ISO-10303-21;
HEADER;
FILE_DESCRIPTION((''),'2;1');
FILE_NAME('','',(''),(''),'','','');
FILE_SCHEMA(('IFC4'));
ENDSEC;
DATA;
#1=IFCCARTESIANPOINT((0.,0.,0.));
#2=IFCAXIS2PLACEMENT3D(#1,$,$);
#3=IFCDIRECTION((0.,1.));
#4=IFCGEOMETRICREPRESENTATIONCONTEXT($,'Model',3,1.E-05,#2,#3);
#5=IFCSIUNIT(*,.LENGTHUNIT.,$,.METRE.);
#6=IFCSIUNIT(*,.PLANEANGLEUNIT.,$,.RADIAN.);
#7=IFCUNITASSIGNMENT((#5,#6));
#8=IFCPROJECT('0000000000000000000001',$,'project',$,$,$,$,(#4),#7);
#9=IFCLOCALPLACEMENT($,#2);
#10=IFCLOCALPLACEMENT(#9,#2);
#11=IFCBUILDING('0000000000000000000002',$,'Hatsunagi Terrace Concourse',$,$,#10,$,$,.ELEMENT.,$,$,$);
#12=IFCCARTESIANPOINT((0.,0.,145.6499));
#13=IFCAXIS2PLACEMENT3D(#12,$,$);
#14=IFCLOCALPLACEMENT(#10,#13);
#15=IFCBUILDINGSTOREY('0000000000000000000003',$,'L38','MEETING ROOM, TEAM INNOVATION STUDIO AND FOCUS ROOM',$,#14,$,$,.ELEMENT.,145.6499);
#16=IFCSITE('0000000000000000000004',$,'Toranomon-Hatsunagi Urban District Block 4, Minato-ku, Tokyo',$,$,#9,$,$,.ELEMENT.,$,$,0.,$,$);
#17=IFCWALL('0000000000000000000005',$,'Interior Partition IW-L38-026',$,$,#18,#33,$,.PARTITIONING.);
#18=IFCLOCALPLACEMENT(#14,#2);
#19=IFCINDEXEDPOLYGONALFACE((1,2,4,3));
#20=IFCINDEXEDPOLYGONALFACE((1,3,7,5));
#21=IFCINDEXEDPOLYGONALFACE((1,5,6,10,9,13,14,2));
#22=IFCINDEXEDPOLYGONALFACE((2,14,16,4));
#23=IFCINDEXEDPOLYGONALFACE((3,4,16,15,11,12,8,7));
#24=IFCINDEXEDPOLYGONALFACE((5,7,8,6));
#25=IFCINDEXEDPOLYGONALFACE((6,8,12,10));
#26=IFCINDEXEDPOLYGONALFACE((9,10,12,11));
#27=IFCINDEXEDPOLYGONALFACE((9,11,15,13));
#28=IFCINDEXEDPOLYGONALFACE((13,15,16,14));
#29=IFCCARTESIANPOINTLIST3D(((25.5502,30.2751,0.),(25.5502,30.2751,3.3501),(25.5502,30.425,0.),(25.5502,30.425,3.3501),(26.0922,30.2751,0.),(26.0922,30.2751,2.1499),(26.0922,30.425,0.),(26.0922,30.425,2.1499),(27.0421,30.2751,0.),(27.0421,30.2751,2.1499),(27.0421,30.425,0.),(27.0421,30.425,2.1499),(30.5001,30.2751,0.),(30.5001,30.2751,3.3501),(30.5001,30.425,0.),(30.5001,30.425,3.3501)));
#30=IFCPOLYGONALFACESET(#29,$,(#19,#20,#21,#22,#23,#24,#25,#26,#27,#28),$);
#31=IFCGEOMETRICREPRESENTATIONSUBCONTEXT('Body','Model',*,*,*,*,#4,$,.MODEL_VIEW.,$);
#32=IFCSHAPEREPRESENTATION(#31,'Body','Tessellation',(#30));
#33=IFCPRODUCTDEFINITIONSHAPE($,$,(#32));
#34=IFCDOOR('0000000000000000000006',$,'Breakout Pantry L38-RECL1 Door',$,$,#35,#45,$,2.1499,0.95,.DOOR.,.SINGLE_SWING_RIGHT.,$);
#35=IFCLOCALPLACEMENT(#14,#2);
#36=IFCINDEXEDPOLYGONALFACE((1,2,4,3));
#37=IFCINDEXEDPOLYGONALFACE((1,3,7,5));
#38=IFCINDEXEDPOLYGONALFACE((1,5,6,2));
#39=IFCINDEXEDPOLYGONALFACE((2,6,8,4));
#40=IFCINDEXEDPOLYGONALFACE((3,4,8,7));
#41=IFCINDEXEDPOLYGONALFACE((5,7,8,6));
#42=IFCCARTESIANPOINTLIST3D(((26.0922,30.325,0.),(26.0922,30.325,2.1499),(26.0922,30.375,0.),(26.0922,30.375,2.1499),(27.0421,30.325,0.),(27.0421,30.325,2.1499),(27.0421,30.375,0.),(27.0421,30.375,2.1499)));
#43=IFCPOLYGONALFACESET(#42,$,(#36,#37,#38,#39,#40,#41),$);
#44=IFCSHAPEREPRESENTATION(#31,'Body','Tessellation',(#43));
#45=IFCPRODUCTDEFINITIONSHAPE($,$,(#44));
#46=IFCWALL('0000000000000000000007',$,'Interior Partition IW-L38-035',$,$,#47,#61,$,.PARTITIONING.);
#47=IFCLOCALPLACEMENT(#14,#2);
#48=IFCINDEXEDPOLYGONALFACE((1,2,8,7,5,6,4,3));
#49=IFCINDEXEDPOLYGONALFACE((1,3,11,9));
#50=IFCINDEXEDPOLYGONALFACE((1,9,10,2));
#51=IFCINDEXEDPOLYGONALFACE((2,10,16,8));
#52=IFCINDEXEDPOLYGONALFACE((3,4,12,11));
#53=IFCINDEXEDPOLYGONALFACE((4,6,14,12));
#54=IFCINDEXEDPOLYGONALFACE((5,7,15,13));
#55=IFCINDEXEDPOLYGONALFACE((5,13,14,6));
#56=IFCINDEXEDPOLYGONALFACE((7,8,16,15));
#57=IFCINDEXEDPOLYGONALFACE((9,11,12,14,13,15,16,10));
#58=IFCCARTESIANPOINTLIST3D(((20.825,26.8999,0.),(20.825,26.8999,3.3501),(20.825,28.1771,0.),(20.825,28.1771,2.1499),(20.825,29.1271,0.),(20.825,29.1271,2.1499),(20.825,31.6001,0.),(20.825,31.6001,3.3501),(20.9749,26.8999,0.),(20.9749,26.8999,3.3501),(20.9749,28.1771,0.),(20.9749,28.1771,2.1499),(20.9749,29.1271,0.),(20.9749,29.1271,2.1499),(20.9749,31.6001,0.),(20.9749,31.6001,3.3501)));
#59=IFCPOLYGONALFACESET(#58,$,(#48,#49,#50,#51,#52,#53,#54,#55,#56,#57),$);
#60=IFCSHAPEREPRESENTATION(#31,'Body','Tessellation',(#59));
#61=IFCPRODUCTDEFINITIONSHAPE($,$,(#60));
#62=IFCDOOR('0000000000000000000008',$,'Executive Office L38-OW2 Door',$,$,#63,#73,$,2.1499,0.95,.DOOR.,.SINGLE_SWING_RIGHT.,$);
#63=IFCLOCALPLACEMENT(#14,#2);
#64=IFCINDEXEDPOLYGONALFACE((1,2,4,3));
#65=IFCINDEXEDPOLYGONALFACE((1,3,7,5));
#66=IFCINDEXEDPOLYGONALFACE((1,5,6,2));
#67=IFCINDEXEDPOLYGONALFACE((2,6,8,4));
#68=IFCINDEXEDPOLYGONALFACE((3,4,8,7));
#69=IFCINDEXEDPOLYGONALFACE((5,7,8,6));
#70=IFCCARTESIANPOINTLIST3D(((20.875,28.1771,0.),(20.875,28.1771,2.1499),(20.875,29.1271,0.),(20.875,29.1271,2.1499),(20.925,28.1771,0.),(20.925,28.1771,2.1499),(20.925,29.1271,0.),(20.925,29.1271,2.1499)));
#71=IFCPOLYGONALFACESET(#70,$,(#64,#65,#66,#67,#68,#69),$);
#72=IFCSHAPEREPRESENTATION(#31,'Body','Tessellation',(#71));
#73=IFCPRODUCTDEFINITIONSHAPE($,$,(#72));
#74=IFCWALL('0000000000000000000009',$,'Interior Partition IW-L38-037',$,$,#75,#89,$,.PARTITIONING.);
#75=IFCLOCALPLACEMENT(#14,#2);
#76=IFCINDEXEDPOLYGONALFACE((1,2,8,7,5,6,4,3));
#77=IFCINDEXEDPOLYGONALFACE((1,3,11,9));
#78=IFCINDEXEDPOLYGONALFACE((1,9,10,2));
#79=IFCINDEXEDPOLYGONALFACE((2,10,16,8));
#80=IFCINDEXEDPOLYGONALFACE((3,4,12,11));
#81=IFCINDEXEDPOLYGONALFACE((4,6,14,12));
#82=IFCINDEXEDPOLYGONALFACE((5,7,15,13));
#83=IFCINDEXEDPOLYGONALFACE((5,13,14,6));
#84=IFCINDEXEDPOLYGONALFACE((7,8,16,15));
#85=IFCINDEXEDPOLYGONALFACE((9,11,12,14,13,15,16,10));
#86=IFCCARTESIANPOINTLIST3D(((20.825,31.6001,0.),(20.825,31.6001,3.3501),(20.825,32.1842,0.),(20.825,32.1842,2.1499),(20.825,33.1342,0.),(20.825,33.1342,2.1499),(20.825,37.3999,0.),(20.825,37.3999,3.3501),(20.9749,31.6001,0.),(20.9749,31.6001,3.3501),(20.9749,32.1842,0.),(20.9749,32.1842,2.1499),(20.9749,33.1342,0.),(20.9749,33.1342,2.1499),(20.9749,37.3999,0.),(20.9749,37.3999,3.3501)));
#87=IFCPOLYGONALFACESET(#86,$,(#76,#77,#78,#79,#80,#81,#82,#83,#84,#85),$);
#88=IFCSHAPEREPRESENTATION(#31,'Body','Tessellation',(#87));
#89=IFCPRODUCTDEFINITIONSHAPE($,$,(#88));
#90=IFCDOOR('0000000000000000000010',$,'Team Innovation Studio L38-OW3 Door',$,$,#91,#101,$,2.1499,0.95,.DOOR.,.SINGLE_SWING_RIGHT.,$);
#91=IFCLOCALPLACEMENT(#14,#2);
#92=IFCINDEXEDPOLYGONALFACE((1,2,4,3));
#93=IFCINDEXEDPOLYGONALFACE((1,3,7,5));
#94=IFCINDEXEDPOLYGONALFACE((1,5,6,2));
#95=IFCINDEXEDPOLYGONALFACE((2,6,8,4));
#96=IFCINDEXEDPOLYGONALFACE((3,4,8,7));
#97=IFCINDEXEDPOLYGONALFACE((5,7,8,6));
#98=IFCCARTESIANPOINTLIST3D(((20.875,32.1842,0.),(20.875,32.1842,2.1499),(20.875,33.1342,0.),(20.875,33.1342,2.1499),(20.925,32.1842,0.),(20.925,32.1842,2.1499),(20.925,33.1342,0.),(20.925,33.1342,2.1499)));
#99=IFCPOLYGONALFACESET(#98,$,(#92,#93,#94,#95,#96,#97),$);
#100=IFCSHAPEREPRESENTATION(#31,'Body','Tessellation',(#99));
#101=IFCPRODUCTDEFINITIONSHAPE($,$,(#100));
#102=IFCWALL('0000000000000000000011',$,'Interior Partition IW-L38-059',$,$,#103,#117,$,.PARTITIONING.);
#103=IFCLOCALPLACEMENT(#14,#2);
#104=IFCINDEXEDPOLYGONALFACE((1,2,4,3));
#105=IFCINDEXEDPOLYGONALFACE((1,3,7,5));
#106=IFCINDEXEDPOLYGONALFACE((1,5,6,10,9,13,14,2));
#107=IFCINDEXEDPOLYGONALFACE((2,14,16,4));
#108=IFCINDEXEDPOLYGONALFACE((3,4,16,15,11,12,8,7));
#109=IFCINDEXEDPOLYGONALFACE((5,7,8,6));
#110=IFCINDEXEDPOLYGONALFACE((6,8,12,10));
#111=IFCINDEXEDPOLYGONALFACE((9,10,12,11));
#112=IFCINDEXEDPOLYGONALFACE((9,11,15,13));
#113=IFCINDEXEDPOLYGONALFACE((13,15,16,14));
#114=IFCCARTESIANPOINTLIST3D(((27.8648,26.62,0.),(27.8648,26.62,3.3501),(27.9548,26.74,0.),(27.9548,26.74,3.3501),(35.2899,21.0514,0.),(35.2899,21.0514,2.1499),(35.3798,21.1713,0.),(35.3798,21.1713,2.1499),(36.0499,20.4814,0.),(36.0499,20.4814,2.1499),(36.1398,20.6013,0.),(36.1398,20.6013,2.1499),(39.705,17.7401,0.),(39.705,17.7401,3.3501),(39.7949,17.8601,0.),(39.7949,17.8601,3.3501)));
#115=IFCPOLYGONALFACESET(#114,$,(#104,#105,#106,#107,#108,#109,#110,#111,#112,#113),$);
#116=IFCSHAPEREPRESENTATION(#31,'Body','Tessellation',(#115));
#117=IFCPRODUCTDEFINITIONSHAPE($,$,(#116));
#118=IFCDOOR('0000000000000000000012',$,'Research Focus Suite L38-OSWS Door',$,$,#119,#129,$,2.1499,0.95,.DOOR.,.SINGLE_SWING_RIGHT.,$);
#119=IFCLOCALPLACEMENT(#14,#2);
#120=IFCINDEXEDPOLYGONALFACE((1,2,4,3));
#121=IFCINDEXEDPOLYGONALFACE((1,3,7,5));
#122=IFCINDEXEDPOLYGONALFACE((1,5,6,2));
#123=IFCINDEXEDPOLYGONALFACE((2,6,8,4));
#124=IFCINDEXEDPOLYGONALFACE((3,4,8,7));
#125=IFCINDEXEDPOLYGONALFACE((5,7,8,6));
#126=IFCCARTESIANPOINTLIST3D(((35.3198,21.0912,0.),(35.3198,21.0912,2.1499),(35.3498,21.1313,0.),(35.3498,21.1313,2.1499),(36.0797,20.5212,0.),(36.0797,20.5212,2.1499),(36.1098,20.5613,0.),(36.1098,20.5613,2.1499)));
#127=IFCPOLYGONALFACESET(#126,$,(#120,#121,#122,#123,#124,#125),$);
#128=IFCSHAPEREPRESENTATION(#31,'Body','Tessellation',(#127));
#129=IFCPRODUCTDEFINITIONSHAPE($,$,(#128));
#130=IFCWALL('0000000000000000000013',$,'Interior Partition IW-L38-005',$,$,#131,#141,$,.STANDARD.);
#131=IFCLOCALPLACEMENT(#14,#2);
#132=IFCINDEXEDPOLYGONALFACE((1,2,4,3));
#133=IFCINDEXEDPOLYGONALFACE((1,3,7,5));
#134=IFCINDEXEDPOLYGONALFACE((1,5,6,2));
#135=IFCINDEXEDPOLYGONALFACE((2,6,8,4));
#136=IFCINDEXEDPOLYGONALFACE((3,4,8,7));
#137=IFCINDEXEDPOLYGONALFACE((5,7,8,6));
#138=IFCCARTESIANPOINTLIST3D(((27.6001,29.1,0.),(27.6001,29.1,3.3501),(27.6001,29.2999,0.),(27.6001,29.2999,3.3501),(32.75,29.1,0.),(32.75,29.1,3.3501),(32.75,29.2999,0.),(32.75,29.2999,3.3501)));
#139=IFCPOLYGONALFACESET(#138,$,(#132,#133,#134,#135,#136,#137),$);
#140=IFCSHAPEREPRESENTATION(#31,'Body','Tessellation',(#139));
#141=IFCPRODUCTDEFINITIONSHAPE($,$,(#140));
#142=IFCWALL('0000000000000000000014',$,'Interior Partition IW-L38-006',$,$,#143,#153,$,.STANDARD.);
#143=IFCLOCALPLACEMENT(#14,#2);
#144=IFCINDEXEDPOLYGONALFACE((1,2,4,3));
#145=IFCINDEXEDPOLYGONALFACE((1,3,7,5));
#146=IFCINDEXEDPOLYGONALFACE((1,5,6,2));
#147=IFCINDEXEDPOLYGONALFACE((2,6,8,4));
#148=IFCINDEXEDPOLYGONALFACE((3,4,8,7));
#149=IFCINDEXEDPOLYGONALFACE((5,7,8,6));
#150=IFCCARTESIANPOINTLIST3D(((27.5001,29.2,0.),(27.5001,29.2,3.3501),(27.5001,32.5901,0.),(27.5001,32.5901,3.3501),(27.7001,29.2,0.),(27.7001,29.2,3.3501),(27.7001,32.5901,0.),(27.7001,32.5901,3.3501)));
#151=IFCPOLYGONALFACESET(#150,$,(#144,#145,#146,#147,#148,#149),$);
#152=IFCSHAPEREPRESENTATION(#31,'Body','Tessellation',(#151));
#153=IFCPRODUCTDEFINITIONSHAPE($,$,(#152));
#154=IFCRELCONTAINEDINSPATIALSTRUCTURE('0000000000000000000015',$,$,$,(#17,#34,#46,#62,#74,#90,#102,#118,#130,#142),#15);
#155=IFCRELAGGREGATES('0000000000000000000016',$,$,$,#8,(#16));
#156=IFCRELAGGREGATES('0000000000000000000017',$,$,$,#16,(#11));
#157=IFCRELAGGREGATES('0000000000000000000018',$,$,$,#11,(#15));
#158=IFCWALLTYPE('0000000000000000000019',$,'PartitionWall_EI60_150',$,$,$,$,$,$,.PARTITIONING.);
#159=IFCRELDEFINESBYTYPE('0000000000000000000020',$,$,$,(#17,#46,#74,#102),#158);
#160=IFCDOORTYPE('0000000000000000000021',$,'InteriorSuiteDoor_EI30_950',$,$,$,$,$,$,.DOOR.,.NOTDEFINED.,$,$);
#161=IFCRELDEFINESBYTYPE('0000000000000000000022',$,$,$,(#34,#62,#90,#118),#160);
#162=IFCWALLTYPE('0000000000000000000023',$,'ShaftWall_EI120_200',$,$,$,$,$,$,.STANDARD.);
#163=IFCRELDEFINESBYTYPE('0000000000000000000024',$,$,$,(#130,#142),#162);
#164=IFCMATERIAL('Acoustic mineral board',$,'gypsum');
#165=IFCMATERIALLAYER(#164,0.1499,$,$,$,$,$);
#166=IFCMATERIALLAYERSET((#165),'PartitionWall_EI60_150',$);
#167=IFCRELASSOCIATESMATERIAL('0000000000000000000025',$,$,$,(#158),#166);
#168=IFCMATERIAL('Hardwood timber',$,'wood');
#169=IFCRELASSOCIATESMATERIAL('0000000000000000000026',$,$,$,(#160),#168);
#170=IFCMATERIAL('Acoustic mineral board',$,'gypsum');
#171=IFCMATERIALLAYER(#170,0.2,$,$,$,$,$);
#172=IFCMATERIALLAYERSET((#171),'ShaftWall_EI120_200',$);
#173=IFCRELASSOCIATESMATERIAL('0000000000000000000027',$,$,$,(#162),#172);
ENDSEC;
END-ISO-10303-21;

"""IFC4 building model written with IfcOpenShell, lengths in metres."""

from ifc_helpers import new_model, si_unit, direction, frame, frame_2d, origin, place, context, subcontext, project, spatial, rectangle, extrude, material, layer, layer_set, type_object, element, fill, save


model = new_model("IFC4")

# Units and contexts
model_context = context("Model", 3, precision=1e-05, world=origin(), true_north=direction((0.0, 1.0)))
body_context = subcontext(model_context, "Body", "Model", "MODEL_VIEW")
ifc_project = project(units=[si_unit("LENGTHUNIT", "METRE"), si_unit("PLANEANGLEUNIT", "RADIAN")], contexts=[model_context])

# Site, building, storey
site_placement = place(None, origin())
site = spatial("IfcSite", under=ifc_project, at=site_placement, Name="Toranomon-Hatsunagi Urban District Block 4, Minato-ku, Tokyo", CompositionType="ELEMENT", RefElevation=0.0)
building_placement = place(site_placement, origin())
building = spatial("IfcBuilding", under=site, at=building_placement, Name="Hatsunagi Terrace Concourse", CompositionType="ELEMENT")
storey_placement = place(building_placement, frame((0.0, 0.0, 145.6499)))
storey = spatial("IfcBuildingStorey", under=building, at=storey_placement, Name="L38", Description="MEETING ROOM, TEAM INNOVATION STUDIO AND FOCUS ROOM", CompositionType="ELEMENT", Elevation=145.6499)

# Walls, openings, doors
ifc_material_1 = material(Name="Acoustic mineral board", Category="gypsum")
ifc_layer_1 = layer(ifc_material_1, 0.1499)
ifc_layer_set_1 = layer_set([ifc_layer_1], Name="PartitionWall_EI60_150")
wall_type_1 = type_object("IfcWallType", Name="PartitionWall_EI60_150", PredefinedType="PARTITIONING", material=ifc_layer_set_1)
wall_1_placement = place(storey_placement, frame((25.55, 30.3501, 0.0), z_axis=(0.0, 0.0, 1.0), x_axis=(1.0, 0.0, 0.0)))
wall_1 = element("IfcWall", 1, at=wall_1_placement, inside=storey, type_object=wall_type_1, Name="Interior Partition IW-L38-026", PredefinedType="PARTITIONING", context=body_context, shape_type="SweptSolid", body=[
    extrude(rectangle(XDim=4.95, YDim=0.1499, at=frame_2d((2.4751, 0.0))), origin(), (0.0, 0.0, 1.0), 3.3501),
])
opening_1_placement = place(wall_1_placement, frame((0.542, 0.0, 0.0)))
opening_1 = element("IfcOpeningElement", 2, at=opening_1_placement, cuts=wall_1, PredefinedType="OPENING", context=body_context, shape_type="SweptSolid", body=[
    extrude(rectangle(XDim=0.95, YDim=2.1499, at=frame_2d((0.4751, 1.075))), frame((0.0, 0.085, 0.0), z_axis=(0.0, -1.0, 0.0), x_axis=(1.0, 0.0, 0.0)), (0.0, 0.0, 1.0), 0.1699),
])
ifc_material_2 = material(Name="Hardwood timber", Category="wood")
door_type = type_object("IfcDoorType", Name="InteriorSuiteDoor_EI30_950", OperationType="NOTDEFINED", PredefinedType="DOOR", material=ifc_material_2)
door_1_placement = place(opening_1_placement, origin())
door_1 = element("IfcDoor", 3, at=door_1_placement, inside=storey, type_object=door_type, Name="Breakout Pantry L38-RECL1 Door", OperationType="SINGLE_SWING_RIGHT", OverallHeight=2.1499, OverallWidth=0.95, PredefinedType="DOOR", context=body_context, shape_type="SweptSolid", body=[
    extrude(rectangle(XDim=0.95, YDim=2.1499, at=frame_2d((0.4751, 1.075))), frame((0.0, 0.0249, 0.0), z_axis=(0.0, -1.0, 0.0), x_axis=(1.0, 0.0, 0.0)), (0.0, 0.0, 1.0), 0.05),
])
fill(opening_1, door_1)
wall_2_placement = place(storey_placement, frame((20.8999, 26.8999, 0.0), z_axis=(0.0, 0.0, 1.0), x_axis=(0.0, 1.0, 0.0)))
wall_2 = element("IfcWall", 4, at=wall_2_placement, inside=storey, type_object=wall_type_1, Name="Interior Partition IW-L38-035", PredefinedType="PARTITIONING", context=body_context, shape_type="SweptSolid", body=[
    extrude(rectangle(XDim=4.7002, YDim=0.1499, at=frame_2d((2.3501, 0.0))), origin(), (0.0, 0.0, 1.0), 3.3501),
])
opening_2_placement = place(wall_2_placement, frame((1.2771, 0.0, 0.0)))
opening_2 = element("IfcOpeningElement", 5, at=opening_2_placement, cuts=wall_2, PredefinedType="OPENING", context=body_context, shape_type="SweptSolid", body=[
    extrude(rectangle(XDim=0.95, YDim=2.1499, at=frame_2d((0.4751, 1.075))), frame((0.0, 0.085, 0.0), z_axis=(0.0, -1.0, 0.0), x_axis=(1.0, 0.0, 0.0)), (0.0, 0.0, 1.0), 0.1699),
])
door_2_placement = place(opening_2_placement, origin())
door_2 = element("IfcDoor", 6, at=door_2_placement, inside=storey, type_object=door_type, Name="Executive Office L38-OW2 Door", OperationType="SINGLE_SWING_RIGHT", OverallHeight=2.1499, OverallWidth=0.95, PredefinedType="DOOR", context=body_context, shape_type="SweptSolid", body=[
    extrude(rectangle(XDim=0.95, YDim=2.1499, at=frame_2d((0.4751, 1.075))), frame((0.0, 0.0249, 0.0), z_axis=(0.0, -1.0, 0.0), x_axis=(1.0, 0.0, 0.0)), (0.0, 0.0, 1.0), 0.05),
])
fill(opening_2, door_2)
wall_3_placement = place(storey_placement, frame((20.8999, 31.6001, 0.0), z_axis=(0.0, 0.0, 1.0), x_axis=(0.0, 1.0, 0.0)))
wall_3 = element("IfcWall", 7, at=wall_3_placement, inside=storey, type_object=wall_type_1, Name="Interior Partition IW-L38-037", PredefinedType="PARTITIONING", context=body_context, shape_type="SweptSolid", body=[
    extrude(rectangle(XDim=5.7998, YDim=0.1499, at=frame_2d((2.8999, 0.0))), origin(), (0.0, 0.0, 1.0), 3.3501),
])
opening_3_placement = place(wall_3_placement, frame((0.584, 0.0, 0.0)))
opening_3 = element("IfcOpeningElement", 8, at=opening_3_placement, cuts=wall_3, PredefinedType="OPENING", context=body_context, shape_type="SweptSolid", body=[
    extrude(rectangle(XDim=0.95, YDim=2.1499, at=frame_2d((0.4751, 1.075))), frame((0.0, 0.085, 0.0), z_axis=(0.0, -1.0, 0.0), x_axis=(1.0, 0.0, 0.0)), (0.0, 0.0, 1.0), 0.1699),
])
door_3_placement = place(opening_3_placement, origin())
door_3 = element("IfcDoor", 9, at=door_3_placement, inside=storey, type_object=door_type, Name="Team Innovation Studio L38-OW3 Door", OperationType="SINGLE_SWING_RIGHT", OverallHeight=2.1499, OverallWidth=0.95, PredefinedType="DOOR", context=body_context, shape_type="SweptSolid", body=[
    extrude(rectangle(XDim=0.95, YDim=2.1499, at=frame_2d((0.4751, 1.075))), frame((0.0, 0.0249, 0.0), z_axis=(0.0, -1.0, 0.0), x_axis=(1.0, 0.0, 0.0)), (0.0, 0.0, 1.0), 0.05),
])
fill(opening_3, door_3)
wall_4_placement = place(storey_placement, frame((27.9099, 26.6799, 0.0), z_axis=(0.0, 0.0, 1.0), x_axis=(0.800006, -0.599992, 0.0)))
wall_4 = element("IfcWall", 10, at=wall_4_placement, inside=storey, type_object=wall_type_1, Name="Interior Partition IW-L38-059", PredefinedType="PARTITIONING", context=body_context, shape_type="SweptSolid", body=[
    extrude(rectangle(XDim=14.8, YDim=0.1499, at=frame_2d((7.3999, 0.0))), origin(), (0.0, 0.0, 1.0), 3.3501),
])
opening_4_placement = place(wall_4_placement, frame((9.281, 0.0, 0.0)))
opening_4 = element("IfcOpeningElement", 11, at=opening_4_placement, cuts=wall_4, PredefinedType="OPENING", context=body_context, shape_type="SweptSolid", body=[
    extrude(rectangle(XDim=0.95, YDim=2.1499, at=frame_2d((0.4751, 1.075))), frame((0.0, 0.085, 0.0), z_axis=(0.0, -1.0, 0.0), x_axis=(1.0, 0.0, 0.0)), (0.0, 0.0, 1.0), 0.1699),
])
door_4_placement = place(opening_4_placement, origin())
door_4 = element("IfcDoor", 12, at=door_4_placement, inside=storey, type_object=door_type, Name="Research Focus Suite L38-OSWS Door", OperationType="SINGLE_SWING_RIGHT", OverallHeight=2.1499, OverallWidth=0.95, PredefinedType="DOOR", context=body_context, shape_type="SweptSolid", body=[
    extrude(rectangle(XDim=0.95, YDim=2.1499, at=frame_2d((0.4751, 1.075))), frame((0.0, 0.0249, 0.0), z_axis=(0.0, -1.0, 0.0), x_axis=(1.0, 0.0, 0.0)), (0.0, 0.0, 1.0), 0.05),
])
fill(opening_4, door_4)

# Walls
ifc_material_3 = material(Name="Acoustic mineral board", Category="gypsum")
ifc_layer_2 = layer(ifc_material_3, 0.2)
ifc_layer_set_2 = layer_set([ifc_layer_2], Name="ShaftWall_EI120_200")
wall_type_2 = type_object("IfcWallType", Name="ShaftWall_EI120_200", PredefinedType="STANDARD", material=ifc_layer_set_2)
wall_5_placement = place(storey_placement, frame((27.6001, 29.2, 0.0), z_axis=(0.0, 0.0, 1.0), x_axis=(1.0, 0.0, 0.0)))
element("IfcWall", 13, at=wall_5_placement, inside=storey, type_object=wall_type_2, Name="Interior Partition IW-L38-005", PredefinedType="STANDARD", context=body_context, shape_type="SweptSolid", body=[
    extrude(rectangle(XDim=5.1499, YDim=0.2, at=frame_2d((2.575, 0.0))), origin(), (0.0, 0.0, 1.0), 3.3501),
])
wall_6_placement = place(storey_placement, frame((27.6001, 29.2, 0.0), z_axis=(0.0, 0.0, 1.0), x_axis=(0.0, 1.0, 0.0)))
element("IfcWall", 14, at=wall_6_placement, inside=storey, type_object=wall_type_2, Name="Interior Partition IW-L38-006", PredefinedType="STANDARD", context=body_context, shape_type="SweptSolid", body=[
    extrude(rectangle(XDim=3.3901, YDim=0.2, at=frame_2d((1.6951, 0.0))), origin(), (0.0, 0.0, 1.0), 3.3501),
])

save(model, "model.ifc")
